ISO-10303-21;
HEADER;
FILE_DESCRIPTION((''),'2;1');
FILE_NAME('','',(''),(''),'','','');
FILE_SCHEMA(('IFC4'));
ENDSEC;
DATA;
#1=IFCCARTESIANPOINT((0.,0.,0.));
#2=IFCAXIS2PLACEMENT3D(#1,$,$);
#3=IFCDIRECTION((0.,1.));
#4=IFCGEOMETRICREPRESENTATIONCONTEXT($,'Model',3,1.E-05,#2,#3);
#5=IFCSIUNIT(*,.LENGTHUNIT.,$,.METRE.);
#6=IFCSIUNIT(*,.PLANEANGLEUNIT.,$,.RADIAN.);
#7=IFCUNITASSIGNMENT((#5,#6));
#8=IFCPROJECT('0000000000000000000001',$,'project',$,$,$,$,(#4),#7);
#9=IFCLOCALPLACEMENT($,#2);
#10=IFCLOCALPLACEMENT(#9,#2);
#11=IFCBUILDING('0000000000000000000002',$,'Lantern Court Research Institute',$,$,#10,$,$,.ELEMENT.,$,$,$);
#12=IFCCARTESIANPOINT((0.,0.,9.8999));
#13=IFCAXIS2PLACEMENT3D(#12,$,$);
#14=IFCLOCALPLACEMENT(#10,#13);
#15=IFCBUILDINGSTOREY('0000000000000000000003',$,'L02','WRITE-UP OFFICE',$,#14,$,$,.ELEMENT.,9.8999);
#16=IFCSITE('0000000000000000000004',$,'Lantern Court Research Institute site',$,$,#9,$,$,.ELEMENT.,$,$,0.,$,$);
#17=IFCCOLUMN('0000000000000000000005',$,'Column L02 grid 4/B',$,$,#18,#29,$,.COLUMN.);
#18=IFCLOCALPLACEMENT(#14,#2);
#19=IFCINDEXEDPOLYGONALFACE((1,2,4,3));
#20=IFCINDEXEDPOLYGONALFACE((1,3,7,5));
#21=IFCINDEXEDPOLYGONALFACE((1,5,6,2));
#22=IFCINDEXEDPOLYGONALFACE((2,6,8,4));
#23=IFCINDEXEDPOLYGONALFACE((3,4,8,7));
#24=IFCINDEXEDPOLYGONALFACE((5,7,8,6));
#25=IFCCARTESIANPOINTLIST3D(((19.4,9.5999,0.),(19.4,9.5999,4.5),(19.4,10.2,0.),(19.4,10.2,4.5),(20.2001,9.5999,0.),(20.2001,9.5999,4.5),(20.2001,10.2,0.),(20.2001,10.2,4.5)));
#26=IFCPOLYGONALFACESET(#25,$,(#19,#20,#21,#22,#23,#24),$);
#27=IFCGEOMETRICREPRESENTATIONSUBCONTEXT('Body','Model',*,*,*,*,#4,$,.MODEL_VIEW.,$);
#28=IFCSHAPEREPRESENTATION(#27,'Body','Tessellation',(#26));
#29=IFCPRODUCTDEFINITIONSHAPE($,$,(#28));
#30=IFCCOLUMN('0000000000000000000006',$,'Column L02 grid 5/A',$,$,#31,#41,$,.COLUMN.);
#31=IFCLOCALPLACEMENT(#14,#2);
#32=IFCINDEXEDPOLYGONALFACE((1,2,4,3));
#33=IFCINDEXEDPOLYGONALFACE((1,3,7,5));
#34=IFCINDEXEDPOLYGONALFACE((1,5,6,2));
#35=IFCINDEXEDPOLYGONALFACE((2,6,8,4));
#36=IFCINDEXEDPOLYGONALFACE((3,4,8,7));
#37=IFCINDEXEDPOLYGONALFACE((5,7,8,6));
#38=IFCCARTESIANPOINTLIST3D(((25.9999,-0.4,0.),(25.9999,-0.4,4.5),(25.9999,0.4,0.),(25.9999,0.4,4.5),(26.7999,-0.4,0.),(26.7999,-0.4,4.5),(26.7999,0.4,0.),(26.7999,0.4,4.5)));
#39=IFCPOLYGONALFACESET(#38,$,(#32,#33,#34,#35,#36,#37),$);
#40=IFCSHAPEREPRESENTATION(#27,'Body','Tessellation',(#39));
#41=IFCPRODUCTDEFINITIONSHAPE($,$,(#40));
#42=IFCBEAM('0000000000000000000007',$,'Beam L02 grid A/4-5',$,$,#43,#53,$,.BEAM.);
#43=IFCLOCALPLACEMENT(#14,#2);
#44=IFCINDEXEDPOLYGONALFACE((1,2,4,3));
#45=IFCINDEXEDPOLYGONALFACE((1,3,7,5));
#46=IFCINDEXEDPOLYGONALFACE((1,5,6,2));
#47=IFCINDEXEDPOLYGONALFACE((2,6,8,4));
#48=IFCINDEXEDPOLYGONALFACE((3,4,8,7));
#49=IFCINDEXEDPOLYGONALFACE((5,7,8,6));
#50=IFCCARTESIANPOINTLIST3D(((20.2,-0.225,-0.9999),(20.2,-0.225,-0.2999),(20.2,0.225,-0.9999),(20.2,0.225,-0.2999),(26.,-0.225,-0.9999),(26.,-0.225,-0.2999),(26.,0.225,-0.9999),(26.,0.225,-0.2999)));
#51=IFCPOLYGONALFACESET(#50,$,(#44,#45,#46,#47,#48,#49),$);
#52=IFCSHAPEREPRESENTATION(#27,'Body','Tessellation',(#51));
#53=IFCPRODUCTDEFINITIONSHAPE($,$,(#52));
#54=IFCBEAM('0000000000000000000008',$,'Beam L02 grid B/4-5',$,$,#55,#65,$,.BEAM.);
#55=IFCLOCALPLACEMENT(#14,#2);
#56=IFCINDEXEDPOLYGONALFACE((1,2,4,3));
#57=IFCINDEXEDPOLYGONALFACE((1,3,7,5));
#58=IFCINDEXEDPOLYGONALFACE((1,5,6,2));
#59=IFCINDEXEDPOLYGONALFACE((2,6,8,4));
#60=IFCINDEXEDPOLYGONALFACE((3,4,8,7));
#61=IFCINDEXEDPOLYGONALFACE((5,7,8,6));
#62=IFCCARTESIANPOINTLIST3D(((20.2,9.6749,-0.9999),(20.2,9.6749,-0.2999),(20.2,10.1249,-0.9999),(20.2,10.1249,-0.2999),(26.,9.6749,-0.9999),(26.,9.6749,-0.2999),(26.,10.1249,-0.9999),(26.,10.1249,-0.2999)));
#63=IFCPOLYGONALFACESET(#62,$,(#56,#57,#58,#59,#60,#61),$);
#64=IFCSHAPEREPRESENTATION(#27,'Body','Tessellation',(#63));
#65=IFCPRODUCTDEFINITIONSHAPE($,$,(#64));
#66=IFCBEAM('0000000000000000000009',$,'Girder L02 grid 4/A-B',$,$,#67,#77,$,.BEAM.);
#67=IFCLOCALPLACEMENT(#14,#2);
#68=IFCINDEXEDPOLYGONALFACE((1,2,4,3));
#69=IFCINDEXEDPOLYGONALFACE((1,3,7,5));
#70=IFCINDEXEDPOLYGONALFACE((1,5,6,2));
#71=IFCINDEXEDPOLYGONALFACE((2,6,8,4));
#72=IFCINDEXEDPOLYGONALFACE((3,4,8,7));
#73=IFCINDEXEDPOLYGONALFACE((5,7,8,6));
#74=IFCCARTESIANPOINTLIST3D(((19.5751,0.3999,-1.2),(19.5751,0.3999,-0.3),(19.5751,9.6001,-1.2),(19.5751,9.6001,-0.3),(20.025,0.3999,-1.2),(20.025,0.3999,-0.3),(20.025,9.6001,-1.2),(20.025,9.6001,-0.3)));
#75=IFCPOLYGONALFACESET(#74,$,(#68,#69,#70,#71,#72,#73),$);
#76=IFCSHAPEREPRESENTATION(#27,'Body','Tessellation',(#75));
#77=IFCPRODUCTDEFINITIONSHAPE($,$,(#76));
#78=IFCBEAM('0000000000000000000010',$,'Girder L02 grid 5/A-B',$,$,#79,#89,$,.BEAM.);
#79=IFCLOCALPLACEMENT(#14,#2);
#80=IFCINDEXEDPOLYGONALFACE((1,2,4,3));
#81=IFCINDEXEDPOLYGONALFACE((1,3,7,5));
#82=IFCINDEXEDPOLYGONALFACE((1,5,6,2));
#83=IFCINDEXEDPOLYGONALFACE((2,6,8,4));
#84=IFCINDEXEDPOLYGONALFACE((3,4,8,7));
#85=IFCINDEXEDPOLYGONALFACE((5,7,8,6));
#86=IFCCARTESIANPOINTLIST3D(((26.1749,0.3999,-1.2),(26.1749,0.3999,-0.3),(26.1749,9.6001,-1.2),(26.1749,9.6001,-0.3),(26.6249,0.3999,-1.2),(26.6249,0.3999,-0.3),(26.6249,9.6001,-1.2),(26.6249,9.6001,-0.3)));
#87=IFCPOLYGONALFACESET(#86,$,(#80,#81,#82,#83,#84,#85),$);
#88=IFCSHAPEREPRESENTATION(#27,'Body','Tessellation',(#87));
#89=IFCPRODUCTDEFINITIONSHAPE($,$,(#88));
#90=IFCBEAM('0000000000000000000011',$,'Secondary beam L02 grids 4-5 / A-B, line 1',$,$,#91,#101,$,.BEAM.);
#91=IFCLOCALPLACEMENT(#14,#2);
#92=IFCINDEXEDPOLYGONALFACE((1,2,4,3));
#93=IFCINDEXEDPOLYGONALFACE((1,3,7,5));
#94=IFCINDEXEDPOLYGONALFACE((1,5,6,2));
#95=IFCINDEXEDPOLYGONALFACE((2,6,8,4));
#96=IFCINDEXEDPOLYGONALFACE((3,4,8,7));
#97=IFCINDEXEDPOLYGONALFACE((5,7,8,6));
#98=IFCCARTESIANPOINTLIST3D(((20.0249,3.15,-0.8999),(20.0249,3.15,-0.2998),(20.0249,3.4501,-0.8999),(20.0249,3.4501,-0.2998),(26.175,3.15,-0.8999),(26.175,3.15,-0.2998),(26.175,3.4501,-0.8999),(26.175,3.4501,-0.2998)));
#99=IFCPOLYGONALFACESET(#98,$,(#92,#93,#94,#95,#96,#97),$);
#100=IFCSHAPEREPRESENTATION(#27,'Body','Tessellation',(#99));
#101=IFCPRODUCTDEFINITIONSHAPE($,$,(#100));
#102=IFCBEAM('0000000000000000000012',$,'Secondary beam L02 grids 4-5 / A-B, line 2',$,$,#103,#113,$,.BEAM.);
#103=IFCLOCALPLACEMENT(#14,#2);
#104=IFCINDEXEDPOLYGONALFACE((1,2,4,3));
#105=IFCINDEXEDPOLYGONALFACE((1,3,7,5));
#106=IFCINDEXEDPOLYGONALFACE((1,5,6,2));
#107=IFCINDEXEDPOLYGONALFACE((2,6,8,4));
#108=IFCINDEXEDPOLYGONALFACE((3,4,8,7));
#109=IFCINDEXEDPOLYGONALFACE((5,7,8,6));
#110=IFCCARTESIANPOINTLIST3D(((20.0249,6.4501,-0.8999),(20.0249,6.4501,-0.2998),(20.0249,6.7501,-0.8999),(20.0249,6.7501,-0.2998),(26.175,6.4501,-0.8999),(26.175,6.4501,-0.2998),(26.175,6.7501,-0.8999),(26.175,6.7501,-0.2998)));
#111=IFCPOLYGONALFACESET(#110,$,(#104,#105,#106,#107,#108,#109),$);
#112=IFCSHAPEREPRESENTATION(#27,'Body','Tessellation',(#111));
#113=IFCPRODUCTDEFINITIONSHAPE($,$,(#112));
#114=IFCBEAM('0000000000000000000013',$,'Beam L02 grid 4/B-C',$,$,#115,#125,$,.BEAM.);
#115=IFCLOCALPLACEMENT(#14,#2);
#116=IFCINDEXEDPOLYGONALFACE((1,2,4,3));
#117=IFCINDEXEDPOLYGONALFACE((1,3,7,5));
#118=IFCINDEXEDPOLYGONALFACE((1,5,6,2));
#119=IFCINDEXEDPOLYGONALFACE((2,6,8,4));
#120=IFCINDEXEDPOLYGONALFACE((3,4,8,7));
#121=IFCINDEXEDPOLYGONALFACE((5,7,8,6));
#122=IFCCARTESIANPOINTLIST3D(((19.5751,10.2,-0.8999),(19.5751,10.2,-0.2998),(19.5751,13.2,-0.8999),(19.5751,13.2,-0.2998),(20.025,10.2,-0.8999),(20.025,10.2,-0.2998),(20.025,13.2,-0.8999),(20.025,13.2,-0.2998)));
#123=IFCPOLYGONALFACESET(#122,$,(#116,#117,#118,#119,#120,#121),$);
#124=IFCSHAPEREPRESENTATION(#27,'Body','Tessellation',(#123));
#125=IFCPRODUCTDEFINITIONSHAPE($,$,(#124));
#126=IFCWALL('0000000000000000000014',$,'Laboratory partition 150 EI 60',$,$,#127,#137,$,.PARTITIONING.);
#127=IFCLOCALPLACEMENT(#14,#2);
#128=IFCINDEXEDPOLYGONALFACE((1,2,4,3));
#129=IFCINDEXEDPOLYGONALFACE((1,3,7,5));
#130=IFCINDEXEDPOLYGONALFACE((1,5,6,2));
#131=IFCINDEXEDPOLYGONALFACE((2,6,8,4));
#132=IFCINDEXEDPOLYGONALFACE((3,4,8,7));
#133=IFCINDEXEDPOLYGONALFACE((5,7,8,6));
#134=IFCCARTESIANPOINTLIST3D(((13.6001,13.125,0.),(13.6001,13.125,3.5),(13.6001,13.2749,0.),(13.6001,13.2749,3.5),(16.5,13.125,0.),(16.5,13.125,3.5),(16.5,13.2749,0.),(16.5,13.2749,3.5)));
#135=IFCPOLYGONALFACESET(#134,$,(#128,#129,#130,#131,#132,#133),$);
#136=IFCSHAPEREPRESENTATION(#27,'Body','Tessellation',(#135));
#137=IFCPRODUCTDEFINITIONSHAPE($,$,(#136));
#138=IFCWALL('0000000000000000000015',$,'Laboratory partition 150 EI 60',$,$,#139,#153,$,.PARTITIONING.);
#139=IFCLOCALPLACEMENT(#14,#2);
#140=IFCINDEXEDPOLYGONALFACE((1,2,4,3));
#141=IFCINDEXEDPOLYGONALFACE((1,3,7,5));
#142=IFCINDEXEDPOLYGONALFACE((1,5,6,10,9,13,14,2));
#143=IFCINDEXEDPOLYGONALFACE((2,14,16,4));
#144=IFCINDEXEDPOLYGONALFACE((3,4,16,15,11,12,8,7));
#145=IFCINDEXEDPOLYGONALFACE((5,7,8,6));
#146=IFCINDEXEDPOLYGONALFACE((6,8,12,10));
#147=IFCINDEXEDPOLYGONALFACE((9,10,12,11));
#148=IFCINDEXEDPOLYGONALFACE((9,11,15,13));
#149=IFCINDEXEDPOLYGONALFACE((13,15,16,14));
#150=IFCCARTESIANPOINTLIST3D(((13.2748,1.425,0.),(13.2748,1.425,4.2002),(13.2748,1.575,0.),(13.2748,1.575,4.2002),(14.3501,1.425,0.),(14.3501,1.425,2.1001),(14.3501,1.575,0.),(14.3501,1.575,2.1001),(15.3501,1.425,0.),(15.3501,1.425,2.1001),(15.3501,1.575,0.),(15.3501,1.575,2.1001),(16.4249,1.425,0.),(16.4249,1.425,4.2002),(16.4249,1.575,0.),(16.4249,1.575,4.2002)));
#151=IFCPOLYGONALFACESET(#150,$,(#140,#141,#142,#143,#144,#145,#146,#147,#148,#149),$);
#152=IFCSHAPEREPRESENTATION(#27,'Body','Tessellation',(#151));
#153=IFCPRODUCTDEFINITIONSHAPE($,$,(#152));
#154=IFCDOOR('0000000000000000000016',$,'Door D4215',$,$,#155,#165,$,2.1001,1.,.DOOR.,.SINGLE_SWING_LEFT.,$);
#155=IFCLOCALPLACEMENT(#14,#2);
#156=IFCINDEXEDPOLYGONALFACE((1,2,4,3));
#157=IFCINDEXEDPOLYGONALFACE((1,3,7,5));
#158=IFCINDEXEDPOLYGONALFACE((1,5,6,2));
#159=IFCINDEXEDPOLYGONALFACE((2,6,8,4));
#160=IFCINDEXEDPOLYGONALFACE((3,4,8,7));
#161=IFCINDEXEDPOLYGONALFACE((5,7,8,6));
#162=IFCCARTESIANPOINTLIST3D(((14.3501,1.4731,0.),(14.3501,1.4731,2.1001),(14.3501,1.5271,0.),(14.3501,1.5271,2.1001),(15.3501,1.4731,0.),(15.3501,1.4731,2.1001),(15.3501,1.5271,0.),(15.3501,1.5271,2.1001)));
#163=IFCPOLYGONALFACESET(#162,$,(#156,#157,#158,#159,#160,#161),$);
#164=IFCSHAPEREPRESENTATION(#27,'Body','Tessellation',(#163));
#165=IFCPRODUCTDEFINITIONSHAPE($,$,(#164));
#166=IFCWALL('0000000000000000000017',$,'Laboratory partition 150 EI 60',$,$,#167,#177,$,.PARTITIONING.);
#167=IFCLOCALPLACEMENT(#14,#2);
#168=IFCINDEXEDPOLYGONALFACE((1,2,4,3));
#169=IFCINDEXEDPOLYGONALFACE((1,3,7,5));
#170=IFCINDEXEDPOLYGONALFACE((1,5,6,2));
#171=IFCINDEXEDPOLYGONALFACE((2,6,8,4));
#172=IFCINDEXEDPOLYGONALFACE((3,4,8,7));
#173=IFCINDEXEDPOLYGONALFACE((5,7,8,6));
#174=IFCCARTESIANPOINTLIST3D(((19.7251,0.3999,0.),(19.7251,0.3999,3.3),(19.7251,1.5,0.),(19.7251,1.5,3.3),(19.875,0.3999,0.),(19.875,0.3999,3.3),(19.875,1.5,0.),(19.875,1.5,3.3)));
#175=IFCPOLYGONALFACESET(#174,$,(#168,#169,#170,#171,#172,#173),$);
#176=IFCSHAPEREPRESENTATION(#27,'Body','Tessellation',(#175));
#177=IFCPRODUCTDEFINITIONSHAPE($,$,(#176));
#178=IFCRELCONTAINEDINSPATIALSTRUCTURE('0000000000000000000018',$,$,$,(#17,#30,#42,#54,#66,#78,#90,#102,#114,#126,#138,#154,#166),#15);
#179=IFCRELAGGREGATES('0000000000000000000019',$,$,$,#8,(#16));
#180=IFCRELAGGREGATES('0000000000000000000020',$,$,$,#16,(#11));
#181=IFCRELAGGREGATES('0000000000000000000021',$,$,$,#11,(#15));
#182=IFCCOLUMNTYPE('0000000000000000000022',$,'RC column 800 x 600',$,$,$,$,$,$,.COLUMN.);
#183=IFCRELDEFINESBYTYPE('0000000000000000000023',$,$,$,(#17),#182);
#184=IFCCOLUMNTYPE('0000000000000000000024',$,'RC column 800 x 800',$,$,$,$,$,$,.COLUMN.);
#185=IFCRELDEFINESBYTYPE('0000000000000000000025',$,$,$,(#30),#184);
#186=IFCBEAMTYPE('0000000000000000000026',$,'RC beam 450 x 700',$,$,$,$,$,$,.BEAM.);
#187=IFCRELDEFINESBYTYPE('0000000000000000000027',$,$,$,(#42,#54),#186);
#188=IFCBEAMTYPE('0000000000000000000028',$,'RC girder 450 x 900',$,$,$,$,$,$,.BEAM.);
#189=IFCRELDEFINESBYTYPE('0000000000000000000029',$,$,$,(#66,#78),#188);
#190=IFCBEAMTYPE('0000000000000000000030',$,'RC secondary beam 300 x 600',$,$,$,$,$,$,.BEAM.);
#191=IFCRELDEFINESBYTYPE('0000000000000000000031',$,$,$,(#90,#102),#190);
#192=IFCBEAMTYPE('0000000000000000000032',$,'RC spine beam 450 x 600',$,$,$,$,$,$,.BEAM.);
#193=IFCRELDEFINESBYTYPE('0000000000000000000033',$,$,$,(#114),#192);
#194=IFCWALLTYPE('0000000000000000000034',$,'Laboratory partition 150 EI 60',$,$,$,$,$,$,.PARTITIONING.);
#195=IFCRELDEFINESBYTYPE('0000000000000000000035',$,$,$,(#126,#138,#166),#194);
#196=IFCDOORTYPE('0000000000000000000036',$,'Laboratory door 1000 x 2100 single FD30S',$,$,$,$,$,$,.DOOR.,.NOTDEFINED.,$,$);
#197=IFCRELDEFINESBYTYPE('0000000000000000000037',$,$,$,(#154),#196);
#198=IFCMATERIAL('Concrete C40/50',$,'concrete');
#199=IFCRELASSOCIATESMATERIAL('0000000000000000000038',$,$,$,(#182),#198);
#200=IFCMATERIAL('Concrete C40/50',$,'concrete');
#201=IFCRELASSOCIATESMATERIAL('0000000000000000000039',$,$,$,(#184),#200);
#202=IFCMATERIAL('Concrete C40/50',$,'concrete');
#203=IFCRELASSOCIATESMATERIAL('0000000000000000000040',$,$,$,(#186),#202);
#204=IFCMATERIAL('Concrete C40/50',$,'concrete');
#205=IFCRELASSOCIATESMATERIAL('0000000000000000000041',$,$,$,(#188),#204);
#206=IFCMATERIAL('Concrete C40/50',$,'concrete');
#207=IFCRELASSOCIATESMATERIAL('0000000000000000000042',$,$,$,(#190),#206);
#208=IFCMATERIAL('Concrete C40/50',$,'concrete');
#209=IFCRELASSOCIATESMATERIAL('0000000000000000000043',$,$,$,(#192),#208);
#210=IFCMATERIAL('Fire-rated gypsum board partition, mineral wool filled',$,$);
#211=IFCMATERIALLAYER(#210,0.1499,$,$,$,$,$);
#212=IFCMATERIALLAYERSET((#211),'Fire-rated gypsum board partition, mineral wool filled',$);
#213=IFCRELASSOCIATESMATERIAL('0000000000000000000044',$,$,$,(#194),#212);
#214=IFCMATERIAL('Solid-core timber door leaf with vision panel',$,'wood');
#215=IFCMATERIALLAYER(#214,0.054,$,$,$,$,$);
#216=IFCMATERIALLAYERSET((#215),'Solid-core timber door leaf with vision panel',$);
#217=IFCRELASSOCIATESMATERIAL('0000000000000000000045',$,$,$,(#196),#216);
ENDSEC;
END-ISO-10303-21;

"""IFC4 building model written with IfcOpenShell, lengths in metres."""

from ifc_helpers import new_model, si_unit, direction, frame, frame_2d, origin, origin_2d, place, context, subcontext, project, spatial, rectangle, extrude, material, layer, layer_set, material_profile, profile_set, type_object, element, fill, save


model = new_model("IFC4")

# Units and contexts
model_context = context("Model", 3, precision=1e-05, world=origin(), true_north=direction((0.0, 1.0)))
body_context = subcontext(model_context, "Body", "Model", "MODEL_VIEW")
ifc_project = project(units=[si_unit("LENGTHUNIT", "METRE"), si_unit("PLANEANGLEUNIT", "RADIAN")], contexts=[model_context])

# Site, building, storey
site_placement = place(None, origin())
site = spatial("IfcSite", under=ifc_project, at=site_placement, Name="Lantern Court Research Institute site", CompositionType="ELEMENT", RefElevation=0.0)
building_placement = place(site_placement, origin())
building = spatial("IfcBuilding", under=site, at=building_placement, Name="Lantern Court Research Institute", CompositionType="ELEMENT")
storey_placement = place(building_placement, frame((0.0, 0.0, 9.8999)))
storey = spatial("IfcBuildingStorey", under=building, at=storey_placement, Name="L02", Description="WRITE-UP OFFICE", CompositionType="ELEMENT", Elevation=9.8999)

# Columns
ifc_material_1 = material(Name="Concrete C40/50", Category="concrete")
ifc_material_profile_1 = material_profile(ifc_material_1, rectangle(XDim=0.8, YDim=0.6001, at=origin_2d()), Name="RC column 800 x 600")
ifc_profile_set_1 = profile_set([ifc_material_profile_1], Name="Concrete C40/50")
column_type_1 = type_object("IfcColumnType", Name="RC column 800 x 600", PredefinedType="COLUMN", material=ifc_profile_set_1)
column_1_placement = place(storey_placement, frame((19.8, 9.8999, 0.0), z_axis=(0.0, 0.0, 1.0), x_axis=(1.0, 0.0, 0.0)))
element("IfcColumn", 1, at=column_1_placement, inside=storey, type_object=column_type_1, Name="Column L02 grid 4/B", PredefinedType="COLUMN", context=body_context, shape_type="SweptSolid", body=[
    extrude(rectangle(XDim=0.8, YDim=0.6001, at=origin_2d()), origin(), (0.0, 0.0, 1.0), 4.5),
])
ifc_material_2 = material(Name="Concrete C40/50", Category="concrete")
ifc_material_profile_2 = material_profile(ifc_material_2, rectangle(XDim=0.8, YDim=0.8, at=origin_2d()), Name="RC column 800 x 800")
ifc_profile_set_2 = profile_set([ifc_material_profile_2], Name="Concrete C40/50")
column_type_2 = type_object("IfcColumnType", Name="RC column 800 x 800", PredefinedType="COLUMN", material=ifc_profile_set_2)
column_2_placement = place(storey_placement, frame((26.3999, 0.0, 0.0), z_axis=(0.0, 0.0, 1.0), x_axis=(1.0, 0.0, 0.0)))
element("IfcColumn", 2, at=column_2_placement, inside=storey, type_object=column_type_2, Name="Column L02 grid 5/A", PredefinedType="COLUMN", context=body_context, shape_type="SweptSolid", body=[
    extrude(rectangle(XDim=0.8, YDim=0.8, at=origin_2d()), origin(), (0.0, 0.0, 1.0), 4.5),
])

# Beams
ifc_material_3 = material(Name="Concrete C40/50", Category="concrete")
ifc_material_profile_3 = material_profile(ifc_material_3, rectangle(XDim=0.45, YDim=0.7, at=origin_2d()), Name="RC beam 450 x 700")
ifc_profile_set_3 = profile_set([ifc_material_profile_3], Name="Concrete C40/50")
beam_type_1 = type_object("IfcBeamType", Name="RC beam 450 x 700", PredefinedType="BEAM", material=ifc_profile_set_3)
for number, where, z_axis, x_axis, name in (
    (3, (20.2, 0.0, -0.6499), (1.0, 0.0, 0.0), (0.0, 1.0, 0.0), "Beam L02 grid A/4-5"),
    (4, (20.2, 9.8999, -0.6499), (1.0, 0.0, 0.0), (0.0, 1.0, 0.0), "Beam L02 grid B/4-5"),
):
    element("IfcBeam", number, at=place(storey_placement, frame(where, z_axis=z_axis, x_axis=x_axis)), inside=storey, type_object=beam_type_1, Name=name, PredefinedType="BEAM", context=body_context, shape_type="SweptSolid", body=[
        extrude(rectangle(XDim=0.45, YDim=0.7, at=origin_2d()), origin(), (0.0, 0.0, 1.0), 5.8),
    ])
ifc_material_4 = material(Name="Concrete C40/50", Category="concrete")
ifc_material_profile_4 = material_profile(ifc_material_4, rectangle(XDim=0.45, YDim=0.8999, at=origin_2d()), Name="RC beam 450 x 900")
ifc_profile_set_4 = profile_set([ifc_material_profile_4], Name="Concrete C40/50")
beam_type_2 = type_object("IfcBeamType", Name="RC girder 450 x 900", PredefinedType="BEAM", material=ifc_profile_set_4)
for number, where, z_axis, x_axis, name in (
    (5, (19.8, 0.3999, -0.75), (0.0, 1.0, 0.0), (-1.0, 0.0, 0.0), "Girder L02 grid 4/A-B"),
    (6, (26.3999, 0.3999, -0.75), (0.0, 1.0, 0.0), (-1.0, 0.0, 0.0), "Girder L02 grid 5/A-B"),
):
    element("IfcBeam", number, at=place(storey_placement, frame(where, z_axis=z_axis, x_axis=x_axis)), inside=storey, type_object=beam_type_2, Name=name, PredefinedType="BEAM", context=body_context, shape_type="SweptSolid", body=[
        extrude(rectangle(XDim=0.45, YDim=0.8999, at=origin_2d()), origin(), (0.0, 0.0, 1.0), 9.2002),
    ])
ifc_material_5 = material(Name="Concrete C40/50", Category="concrete")
ifc_material_profile_5 = material_profile(ifc_material_5, rectangle(XDim=0.3, YDim=0.6001, at=origin_2d()), Name="RC beam 300 x 600")
ifc_profile_set_5 = profile_set([ifc_material_profile_5], Name="Concrete C40/50")
beam_type_3 = type_object("IfcBeamType", Name="RC secondary beam 300 x 600", PredefinedType="BEAM", material=ifc_profile_set_5)
for number, where, z_axis, x_axis, name in (
    (7, (20.0249, 3.3, -0.5999), (1.0, 0.0, 0.0), (0.0, 1.0, 0.0), "Secondary beam L02 grids 4-5 / A-B, line 1"),
    (8, (20.0249, 6.6001, -0.5999), (1.0, 0.0, 0.0), (0.0, 1.0, 0.0), "Secondary beam L02 grids 4-5 / A-B, line 2"),
):
    element("IfcBeam", number, at=place(storey_placement, frame(where, z_axis=z_axis, x_axis=x_axis)), inside=storey, type_object=beam_type_3, Name=name, PredefinedType="BEAM", context=body_context, shape_type="SweptSolid", body=[
        extrude(rectangle(XDim=0.3, YDim=0.6001, at=origin_2d()), origin(), (0.0, 0.0, 1.0), 6.1501),
    ])
ifc_material_6 = material(Name="Concrete C40/50", Category="concrete")
ifc_material_profile_6 = material_profile(ifc_material_6, rectangle(XDim=0.45, YDim=0.6001, at=origin_2d()), Name="RC beam 450 x 600")
ifc_profile_set_6 = profile_set([ifc_material_profile_6], Name="Concrete C40/50")
beam_type_4 = type_object("IfcBeamType", Name="RC spine beam 450 x 600", PredefinedType="BEAM", material=ifc_profile_set_6)
beam_placement = place(storey_placement, frame((19.8, 10.2, -0.5999), z_axis=(0.0, 1.0, 0.0), x_axis=(-1.0, 0.0, 0.0)))
element("IfcBeam", 9, at=beam_placement, inside=storey, type_object=beam_type_4, Name="Beam L02 grid 4/B-C", PredefinedType="BEAM", context=body_context, shape_type="SweptSolid", body=[
    extrude(rectangle(XDim=0.45, YDim=0.6001, at=origin_2d()), origin(), (0.0, 0.0, 1.0), 3.0),
])

# Wall
ifc_material_7 = material(Name="Fire-rated gypsum board partition, mineral wool filled")
ifc_layer_1 = layer(ifc_material_7, 0.1499)
ifc_layer_set_1 = layer_set([ifc_layer_1], Name="Fire-rated gypsum board partition, mineral wool filled")
wall_type_1 = type_object("IfcWallType", Name="Laboratory partition 150 EI 60", PredefinedType="PARTITIONING", material=ifc_layer_set_1)
wall_1_placement = place(storey_placement, frame((16.5, 13.2, 0.0), z_axis=(0.0, 0.0, 1.0), x_axis=(-1.0, 0.0, 0.0)))
element("IfcWall", 10, at=wall_1_placement, inside=storey, type_object=wall_type_1, Name="Laboratory partition 150 EI 60", PredefinedType="PARTITIONING", context=body_context, shape_type="SweptSolid", body=[
    extrude(rectangle(XDim=2.8999, YDim=0.1499, at=frame_2d((1.45, 0.0))), origin(), (0.0, 0.0, 1.0), 3.5),
])

# Wall, opening, door
wall_2_placement = place(storey_placement, frame((16.425, 1.5, 0.0), z_axis=(0.0, 0.0, 1.0), x_axis=(-1.0, 0.0, 0.0)))
wall_2 = element("IfcWall", 11, at=wall_2_placement, inside=storey, type_object=wall_type_1, Name="Laboratory partition 150 EI 60", PredefinedType="PARTITIONING", context=body_context, shape_type="SweptSolid", body=[
    extrude(rectangle(XDim=3.1501, YDim=0.1499, at=frame_2d((1.5752, 0.0))), origin(), (0.0, 0.0, 1.0), 4.2002),
])
opening_1_placement = place(wall_2_placement, frame((1.075, 0.0, 0.0)))
opening_1 = element("IfcOpeningElement", 12, at=opening_1_placement, cuts=wall_2, PredefinedType="OPENING", context=body_context, shape_type="SweptSolid", body=[
    extrude(rectangle(XDim=1.0, YDim=2.1001, at=frame_2d((0.5, 1.05))), frame((0.0, 0.085, 0.0), z_axis=(0.0, -1.0, 0.0), x_axis=(1.0, 0.0, 0.0)), (0.0, 0.0, 1.0), 0.1699),
])
ifc_material_8 = material(Name="Solid-core timber door leaf with vision panel", Category="wood")
ifc_layer_2 = layer(ifc_material_8, 0.054)
ifc_layer_set_2 = layer_set([ifc_layer_2], Name="Solid-core timber door leaf with vision panel")
door_type_1 = type_object("IfcDoorType", Name="Laboratory door 1000 x 2100 single FD30S", OperationType="NOTDEFINED", PredefinedType="DOOR", material=ifc_layer_set_2)
door_1_placement = place(opening_1_placement, origin())
door_1 = element("IfcDoor", 13, at=door_1_placement, inside=storey, type_object=door_type_1, Name="Door D4215", OperationType="SINGLE_SWING_LEFT", OverallHeight=2.1001, OverallWidth=1.0, PredefinedType="DOOR", context=body_context, shape_type="SweptSolid", body=[
    extrude(rectangle(XDim=1.0, YDim=2.1001, at=frame_2d((0.5, 1.05))), frame((0.0, 0.0269, 0.0), z_axis=(0.0, -1.0, 0.0), x_axis=(1.0, 0.0, 0.0)), (0.0, 0.0, 1.0), 0.054),
])
fill(opening_1, door_1)

# Wall
wall_3_placement = place(storey_placement, frame((19.8, 0.3999, 0.0), z_axis=(0.0, 0.0, 1.0), x_axis=(0.0, 1.0, 0.0)))
element("IfcWall", 14, at=wall_3_placement, inside=storey, type_object=wall_type_1, Name="Laboratory partition 150 EI 60", PredefinedType="PARTITIONING", context=body_context, shape_type="SweptSolid", body=[
    extrude(rectangle(XDim=1.1001, YDim=0.1499, at=frame_2d((0.55, 0.0))), origin(), (0.0, 0.0, 1.0), 3.3),
])

save(model, "model.ifc")
